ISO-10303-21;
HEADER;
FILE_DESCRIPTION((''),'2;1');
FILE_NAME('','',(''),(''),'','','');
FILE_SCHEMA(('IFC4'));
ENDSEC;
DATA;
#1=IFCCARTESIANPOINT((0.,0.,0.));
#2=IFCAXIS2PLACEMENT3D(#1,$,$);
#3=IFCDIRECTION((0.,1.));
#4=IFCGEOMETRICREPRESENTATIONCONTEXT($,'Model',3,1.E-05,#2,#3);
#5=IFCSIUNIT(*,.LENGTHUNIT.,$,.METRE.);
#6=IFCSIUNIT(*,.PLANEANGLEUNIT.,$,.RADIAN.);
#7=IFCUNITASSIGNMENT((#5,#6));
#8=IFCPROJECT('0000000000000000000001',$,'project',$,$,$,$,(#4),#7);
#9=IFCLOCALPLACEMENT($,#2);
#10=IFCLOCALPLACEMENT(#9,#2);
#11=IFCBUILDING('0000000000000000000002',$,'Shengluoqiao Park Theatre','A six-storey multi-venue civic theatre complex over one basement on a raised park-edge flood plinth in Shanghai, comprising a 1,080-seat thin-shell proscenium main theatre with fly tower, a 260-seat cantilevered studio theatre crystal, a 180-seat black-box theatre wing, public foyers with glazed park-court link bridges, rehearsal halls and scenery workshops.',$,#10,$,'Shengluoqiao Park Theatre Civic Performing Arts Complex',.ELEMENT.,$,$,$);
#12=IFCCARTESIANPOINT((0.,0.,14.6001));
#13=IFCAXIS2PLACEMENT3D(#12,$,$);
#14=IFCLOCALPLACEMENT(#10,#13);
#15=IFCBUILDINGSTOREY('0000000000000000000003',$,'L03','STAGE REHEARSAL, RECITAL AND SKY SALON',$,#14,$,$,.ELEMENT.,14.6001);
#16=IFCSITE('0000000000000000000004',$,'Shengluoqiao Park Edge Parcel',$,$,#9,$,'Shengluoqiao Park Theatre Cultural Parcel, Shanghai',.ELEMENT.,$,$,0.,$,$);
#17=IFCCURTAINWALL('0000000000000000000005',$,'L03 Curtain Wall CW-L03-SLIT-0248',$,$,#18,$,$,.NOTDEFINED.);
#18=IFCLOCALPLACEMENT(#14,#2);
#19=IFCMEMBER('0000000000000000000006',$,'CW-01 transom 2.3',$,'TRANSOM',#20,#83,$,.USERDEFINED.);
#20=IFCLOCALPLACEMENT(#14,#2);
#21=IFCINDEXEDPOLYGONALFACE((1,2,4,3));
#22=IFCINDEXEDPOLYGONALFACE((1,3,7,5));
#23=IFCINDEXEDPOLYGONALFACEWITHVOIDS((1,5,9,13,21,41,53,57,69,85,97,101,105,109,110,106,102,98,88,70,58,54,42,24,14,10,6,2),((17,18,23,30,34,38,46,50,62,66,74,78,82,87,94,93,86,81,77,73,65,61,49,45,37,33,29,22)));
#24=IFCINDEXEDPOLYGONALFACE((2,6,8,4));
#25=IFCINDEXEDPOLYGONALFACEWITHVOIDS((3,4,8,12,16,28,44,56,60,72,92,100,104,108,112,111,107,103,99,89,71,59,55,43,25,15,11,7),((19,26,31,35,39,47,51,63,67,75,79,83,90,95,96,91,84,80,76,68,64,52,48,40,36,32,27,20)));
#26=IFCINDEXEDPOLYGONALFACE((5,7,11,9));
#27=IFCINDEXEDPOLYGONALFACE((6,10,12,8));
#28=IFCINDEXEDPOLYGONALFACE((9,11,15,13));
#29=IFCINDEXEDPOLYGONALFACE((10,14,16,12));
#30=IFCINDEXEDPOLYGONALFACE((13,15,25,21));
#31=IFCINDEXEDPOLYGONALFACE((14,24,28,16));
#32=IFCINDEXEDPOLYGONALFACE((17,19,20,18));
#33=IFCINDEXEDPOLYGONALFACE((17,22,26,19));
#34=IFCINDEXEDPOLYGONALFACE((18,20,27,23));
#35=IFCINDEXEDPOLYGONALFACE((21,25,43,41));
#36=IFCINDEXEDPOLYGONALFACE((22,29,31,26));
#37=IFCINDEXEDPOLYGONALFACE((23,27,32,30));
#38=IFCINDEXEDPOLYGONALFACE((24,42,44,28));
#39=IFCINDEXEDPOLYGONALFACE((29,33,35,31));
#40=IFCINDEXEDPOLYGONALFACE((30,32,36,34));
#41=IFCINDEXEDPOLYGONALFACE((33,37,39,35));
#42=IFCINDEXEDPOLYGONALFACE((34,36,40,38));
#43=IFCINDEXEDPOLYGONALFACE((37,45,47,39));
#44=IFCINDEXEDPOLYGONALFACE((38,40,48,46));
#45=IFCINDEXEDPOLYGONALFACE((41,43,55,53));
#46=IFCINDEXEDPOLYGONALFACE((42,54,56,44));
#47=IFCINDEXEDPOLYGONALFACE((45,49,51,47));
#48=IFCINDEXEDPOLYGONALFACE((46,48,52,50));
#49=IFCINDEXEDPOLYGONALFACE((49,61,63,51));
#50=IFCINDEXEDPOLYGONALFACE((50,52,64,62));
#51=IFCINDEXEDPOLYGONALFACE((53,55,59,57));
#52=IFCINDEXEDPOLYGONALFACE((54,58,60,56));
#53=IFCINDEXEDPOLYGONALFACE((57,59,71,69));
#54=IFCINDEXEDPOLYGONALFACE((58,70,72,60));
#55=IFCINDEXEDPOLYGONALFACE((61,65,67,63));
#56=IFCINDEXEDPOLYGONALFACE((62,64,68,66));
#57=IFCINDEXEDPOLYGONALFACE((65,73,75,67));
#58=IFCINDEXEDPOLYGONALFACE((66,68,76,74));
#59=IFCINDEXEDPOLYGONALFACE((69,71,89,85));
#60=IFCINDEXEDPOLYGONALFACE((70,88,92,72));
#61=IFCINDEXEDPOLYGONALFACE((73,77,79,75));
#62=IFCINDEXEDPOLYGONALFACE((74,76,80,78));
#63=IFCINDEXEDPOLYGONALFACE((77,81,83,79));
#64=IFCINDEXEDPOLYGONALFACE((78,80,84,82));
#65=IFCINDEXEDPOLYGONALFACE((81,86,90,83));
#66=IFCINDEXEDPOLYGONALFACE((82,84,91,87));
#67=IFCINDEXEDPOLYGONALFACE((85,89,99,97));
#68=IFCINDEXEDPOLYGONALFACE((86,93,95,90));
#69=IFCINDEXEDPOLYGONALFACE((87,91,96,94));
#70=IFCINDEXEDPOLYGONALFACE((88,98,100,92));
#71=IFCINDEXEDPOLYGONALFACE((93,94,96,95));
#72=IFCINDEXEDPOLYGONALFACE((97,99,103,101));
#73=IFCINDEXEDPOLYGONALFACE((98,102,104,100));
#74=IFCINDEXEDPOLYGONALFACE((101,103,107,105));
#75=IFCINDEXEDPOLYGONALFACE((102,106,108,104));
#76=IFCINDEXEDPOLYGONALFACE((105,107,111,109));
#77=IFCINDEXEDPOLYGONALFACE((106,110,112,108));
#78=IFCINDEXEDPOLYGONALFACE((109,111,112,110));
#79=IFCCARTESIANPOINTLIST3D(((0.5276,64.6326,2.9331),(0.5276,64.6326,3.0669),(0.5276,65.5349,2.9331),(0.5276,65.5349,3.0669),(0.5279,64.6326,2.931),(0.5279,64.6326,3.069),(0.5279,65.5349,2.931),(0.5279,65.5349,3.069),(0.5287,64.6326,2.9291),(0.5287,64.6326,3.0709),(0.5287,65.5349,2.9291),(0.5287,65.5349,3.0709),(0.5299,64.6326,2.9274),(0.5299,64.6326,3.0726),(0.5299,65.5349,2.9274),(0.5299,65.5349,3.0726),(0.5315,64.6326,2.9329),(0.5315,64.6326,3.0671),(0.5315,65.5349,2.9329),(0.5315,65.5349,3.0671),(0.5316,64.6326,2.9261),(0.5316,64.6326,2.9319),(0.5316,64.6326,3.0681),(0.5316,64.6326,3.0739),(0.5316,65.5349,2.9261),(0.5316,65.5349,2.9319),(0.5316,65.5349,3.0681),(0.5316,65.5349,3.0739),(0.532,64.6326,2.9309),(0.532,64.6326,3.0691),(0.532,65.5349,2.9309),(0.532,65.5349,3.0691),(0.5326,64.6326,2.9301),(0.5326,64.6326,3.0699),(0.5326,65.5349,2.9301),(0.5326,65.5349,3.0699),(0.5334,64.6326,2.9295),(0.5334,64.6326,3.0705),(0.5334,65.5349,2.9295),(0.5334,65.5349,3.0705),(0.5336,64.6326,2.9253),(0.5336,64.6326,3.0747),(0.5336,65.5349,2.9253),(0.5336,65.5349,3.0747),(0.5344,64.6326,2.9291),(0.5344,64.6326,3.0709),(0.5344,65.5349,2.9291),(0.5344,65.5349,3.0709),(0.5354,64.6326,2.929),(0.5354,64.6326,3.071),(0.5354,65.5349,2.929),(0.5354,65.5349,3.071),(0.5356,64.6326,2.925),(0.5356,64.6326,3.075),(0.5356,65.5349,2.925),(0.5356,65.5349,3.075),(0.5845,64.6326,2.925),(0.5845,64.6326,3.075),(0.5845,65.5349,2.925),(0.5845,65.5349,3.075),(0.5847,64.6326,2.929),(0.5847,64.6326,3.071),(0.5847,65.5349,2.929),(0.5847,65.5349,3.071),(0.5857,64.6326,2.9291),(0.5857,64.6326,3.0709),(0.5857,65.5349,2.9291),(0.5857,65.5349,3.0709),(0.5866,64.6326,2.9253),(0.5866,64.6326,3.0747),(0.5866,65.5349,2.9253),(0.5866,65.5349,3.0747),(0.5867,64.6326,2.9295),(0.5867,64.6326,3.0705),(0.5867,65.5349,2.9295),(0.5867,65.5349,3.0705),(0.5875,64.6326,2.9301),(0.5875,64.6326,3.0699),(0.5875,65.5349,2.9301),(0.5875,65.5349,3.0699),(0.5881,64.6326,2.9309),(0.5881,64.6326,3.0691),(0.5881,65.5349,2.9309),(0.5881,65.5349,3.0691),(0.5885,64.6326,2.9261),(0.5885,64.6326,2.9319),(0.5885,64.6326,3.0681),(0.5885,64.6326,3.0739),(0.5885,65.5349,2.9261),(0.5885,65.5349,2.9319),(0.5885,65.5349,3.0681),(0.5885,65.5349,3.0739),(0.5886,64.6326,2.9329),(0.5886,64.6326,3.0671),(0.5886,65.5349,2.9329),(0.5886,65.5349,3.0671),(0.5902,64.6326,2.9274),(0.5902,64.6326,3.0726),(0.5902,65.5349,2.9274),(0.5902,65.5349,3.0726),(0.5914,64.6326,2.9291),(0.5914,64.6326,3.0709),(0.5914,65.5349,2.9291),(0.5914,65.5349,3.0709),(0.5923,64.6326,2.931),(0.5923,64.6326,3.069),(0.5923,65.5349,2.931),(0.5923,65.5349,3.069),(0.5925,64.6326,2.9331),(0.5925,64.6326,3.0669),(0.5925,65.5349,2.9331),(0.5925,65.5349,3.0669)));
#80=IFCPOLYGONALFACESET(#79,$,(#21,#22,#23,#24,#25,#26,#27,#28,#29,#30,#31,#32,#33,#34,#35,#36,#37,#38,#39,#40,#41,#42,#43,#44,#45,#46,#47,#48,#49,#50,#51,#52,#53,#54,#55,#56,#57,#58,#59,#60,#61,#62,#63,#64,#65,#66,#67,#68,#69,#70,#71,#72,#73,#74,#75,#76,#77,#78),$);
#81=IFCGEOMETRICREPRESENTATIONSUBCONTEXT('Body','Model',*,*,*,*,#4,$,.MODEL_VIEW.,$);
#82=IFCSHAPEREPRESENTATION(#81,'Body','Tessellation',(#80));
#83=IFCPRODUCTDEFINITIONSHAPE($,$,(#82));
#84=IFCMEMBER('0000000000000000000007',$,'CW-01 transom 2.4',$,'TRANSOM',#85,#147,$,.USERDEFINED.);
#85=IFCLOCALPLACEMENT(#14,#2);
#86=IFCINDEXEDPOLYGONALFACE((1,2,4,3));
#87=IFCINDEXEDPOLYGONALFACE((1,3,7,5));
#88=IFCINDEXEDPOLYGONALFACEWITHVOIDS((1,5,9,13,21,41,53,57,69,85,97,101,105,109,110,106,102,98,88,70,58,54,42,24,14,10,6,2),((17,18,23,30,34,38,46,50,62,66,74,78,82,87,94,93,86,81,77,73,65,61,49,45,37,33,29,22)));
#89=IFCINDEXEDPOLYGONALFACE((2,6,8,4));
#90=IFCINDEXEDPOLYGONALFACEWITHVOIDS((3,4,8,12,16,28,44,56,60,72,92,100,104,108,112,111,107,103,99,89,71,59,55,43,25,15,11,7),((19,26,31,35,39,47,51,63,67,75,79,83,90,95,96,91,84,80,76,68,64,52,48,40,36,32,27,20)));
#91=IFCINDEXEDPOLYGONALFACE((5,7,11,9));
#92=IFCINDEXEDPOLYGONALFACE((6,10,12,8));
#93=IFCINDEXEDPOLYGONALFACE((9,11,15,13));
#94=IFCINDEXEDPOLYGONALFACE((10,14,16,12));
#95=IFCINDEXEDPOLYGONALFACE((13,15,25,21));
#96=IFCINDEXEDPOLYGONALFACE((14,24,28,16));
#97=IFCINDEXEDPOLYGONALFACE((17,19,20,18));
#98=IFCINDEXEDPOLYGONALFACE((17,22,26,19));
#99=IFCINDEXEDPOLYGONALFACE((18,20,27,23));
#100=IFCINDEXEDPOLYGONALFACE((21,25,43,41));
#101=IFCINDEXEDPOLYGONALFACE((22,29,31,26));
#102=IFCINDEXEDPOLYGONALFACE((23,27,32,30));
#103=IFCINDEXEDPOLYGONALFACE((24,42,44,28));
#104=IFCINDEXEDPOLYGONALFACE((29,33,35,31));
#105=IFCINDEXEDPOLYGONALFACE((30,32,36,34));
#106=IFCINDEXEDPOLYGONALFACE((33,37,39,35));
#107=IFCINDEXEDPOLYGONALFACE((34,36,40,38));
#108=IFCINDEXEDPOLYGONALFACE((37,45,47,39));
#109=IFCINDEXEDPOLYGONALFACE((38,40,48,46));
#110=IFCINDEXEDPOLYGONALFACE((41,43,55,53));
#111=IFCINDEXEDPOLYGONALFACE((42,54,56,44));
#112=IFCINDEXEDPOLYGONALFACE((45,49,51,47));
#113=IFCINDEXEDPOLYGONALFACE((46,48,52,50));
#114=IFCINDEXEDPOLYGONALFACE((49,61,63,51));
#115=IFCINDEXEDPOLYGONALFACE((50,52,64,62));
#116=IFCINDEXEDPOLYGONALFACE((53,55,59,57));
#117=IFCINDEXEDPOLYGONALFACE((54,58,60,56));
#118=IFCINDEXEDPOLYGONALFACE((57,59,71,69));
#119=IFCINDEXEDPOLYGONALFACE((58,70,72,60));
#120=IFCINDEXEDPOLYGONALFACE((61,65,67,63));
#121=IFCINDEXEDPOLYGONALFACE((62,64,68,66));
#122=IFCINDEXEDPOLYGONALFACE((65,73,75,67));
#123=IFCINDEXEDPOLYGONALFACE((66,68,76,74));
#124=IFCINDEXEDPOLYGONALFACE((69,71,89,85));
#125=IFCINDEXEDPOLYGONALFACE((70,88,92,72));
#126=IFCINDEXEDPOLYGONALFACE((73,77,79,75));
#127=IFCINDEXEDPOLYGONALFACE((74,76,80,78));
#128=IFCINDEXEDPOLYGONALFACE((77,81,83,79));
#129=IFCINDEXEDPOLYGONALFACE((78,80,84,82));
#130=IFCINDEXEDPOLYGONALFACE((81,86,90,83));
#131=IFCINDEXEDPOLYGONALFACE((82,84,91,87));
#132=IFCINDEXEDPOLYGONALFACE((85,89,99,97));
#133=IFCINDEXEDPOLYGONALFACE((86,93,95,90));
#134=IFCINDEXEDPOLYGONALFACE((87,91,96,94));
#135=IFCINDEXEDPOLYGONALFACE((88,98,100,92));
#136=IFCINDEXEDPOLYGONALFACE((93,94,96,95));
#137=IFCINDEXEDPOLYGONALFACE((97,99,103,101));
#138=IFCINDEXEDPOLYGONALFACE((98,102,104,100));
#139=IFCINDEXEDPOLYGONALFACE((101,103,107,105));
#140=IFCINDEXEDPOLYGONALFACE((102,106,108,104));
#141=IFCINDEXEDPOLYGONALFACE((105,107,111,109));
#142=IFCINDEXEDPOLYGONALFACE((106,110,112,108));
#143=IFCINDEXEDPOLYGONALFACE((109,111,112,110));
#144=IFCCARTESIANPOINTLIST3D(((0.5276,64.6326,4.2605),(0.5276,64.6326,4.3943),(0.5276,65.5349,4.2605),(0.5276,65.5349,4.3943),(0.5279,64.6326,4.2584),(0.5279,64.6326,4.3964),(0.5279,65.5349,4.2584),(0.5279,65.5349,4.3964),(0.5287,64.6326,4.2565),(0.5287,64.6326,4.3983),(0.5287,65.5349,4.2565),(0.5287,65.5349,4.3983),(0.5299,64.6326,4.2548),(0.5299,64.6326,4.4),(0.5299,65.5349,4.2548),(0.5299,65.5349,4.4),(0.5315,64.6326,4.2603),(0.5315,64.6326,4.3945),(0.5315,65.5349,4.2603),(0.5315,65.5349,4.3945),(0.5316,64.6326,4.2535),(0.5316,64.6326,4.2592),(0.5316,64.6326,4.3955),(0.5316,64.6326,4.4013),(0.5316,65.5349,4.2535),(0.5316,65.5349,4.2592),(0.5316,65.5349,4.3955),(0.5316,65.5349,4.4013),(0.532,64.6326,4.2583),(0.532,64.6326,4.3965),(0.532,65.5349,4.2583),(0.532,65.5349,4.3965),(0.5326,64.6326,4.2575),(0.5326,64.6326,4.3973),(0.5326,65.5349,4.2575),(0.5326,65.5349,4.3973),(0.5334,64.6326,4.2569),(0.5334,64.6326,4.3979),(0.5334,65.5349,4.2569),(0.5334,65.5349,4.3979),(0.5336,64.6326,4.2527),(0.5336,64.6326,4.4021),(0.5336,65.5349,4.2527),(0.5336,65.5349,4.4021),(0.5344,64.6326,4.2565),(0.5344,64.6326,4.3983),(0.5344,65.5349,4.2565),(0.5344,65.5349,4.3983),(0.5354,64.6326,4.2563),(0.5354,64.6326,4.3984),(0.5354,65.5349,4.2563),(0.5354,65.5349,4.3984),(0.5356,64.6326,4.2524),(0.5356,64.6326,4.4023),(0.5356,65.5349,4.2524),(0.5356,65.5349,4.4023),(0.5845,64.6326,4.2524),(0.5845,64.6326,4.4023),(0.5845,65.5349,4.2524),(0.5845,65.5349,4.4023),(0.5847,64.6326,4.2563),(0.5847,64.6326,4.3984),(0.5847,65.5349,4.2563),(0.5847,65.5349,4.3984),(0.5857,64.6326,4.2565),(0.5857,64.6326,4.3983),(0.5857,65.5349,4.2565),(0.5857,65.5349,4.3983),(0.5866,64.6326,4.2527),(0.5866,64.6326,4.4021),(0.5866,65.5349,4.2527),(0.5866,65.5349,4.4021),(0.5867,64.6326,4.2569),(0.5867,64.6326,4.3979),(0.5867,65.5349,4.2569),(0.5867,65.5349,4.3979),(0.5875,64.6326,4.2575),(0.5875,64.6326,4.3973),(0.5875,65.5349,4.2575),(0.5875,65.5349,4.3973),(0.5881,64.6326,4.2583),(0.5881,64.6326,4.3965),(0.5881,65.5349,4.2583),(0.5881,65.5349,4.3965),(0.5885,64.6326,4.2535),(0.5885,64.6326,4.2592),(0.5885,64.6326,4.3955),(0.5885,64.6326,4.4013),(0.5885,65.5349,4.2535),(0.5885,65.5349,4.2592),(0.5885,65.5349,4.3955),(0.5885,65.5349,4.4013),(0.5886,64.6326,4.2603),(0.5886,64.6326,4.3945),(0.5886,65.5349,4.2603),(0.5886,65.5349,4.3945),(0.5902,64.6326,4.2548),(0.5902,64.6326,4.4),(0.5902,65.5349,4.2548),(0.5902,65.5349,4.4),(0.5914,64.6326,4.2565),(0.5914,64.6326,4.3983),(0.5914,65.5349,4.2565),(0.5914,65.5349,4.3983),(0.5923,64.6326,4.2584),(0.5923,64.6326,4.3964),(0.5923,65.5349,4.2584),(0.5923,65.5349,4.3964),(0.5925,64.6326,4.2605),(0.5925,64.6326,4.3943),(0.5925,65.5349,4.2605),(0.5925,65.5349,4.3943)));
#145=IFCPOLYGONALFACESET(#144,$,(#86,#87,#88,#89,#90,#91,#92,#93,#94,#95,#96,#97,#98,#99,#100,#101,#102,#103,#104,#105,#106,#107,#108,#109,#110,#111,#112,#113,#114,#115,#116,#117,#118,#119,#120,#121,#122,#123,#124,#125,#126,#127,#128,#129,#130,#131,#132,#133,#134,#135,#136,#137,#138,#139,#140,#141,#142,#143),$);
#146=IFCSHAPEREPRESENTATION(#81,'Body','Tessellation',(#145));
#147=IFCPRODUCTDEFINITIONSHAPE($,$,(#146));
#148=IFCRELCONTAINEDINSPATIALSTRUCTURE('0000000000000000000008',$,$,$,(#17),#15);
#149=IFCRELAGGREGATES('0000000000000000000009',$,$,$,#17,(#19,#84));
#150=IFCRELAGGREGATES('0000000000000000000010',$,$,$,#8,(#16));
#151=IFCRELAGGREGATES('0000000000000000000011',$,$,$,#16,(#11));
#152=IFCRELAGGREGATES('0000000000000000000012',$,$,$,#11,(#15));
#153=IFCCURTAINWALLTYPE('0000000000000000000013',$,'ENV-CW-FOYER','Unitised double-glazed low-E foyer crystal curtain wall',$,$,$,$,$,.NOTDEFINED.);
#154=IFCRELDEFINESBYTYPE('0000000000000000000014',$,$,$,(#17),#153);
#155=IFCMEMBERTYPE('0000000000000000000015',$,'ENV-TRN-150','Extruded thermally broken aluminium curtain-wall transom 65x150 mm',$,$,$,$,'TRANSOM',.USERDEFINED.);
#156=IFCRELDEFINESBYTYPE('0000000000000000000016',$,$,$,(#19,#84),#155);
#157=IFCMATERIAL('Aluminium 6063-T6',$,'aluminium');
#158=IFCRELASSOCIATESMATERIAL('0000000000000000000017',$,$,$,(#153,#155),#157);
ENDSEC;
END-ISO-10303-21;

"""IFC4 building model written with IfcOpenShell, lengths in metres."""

from ifc_helpers import new_model, si_unit, direction, frame, origin, origin_2d, place, context, subcontext, project, spatial, hollow_rectangle, extrude, material, material_profile, profile_set, type_object, element, aggregate, save


model = new_model("IFC4")

# Units and contexts
model_context = context("Model", 3, precision=1e-05, world=origin(), true_north=direction((0.0, 1.0)))
body_context = subcontext(model_context, "Body", "Model", "MODEL_VIEW")
ifc_project = project(units=[si_unit("LENGTHUNIT", "METRE"), si_unit("PLANEANGLEUNIT", "RADIAN")], contexts=[model_context])

# Site, building, storey
site_placement = place(None, origin())
site = spatial("IfcSite", under=ifc_project, at=site_placement, Name="Shengluoqiao Park Edge Parcel", LongName="Shengluoqiao Park Theatre Cultural Parcel, Shanghai", CompositionType="ELEMENT", RefElevation=0.0)
building_placement = place(site_placement, origin())
building = spatial("IfcBuilding", under=site, at=building_placement, Name="Shengluoqiao Park Theatre", Description="A six-storey multi-venue civic theatre complex over one basement on a raised park-edge flood plinth in Shanghai, comprising a 1,080-seat thin-shell proscenium main theatre with fly tower, a 260-seat cantilevered studio theatre crystal, a 180-seat black-box theatre wing, public foyers with glazed park-court link bridges, rehearsal halls and scenery workshops.", LongName="Shengluoqiao Park Theatre Civic Performing Arts Complex", CompositionType="ELEMENT")
storey_placement = place(building_placement, frame((0.0, 0.0, 14.6001)))
storey = spatial("IfcBuildingStorey", under=building, at=storey_placement, Name="L03", Description="STAGE REHEARSAL, RECITAL AND SKY SALON", CompositionType="ELEMENT", Elevation=14.6001)

# Curtain wall
ifc_material_1 = material(Name="Aluminium 6063-T6", Category="aluminium")
curtain_wall_type = type_object("IfcCurtainWallType", Name="ENV-CW-FOYER", Description="Unitised double-glazed low-E foyer crystal curtain wall", PredefinedType="NOTDEFINED", material=ifc_material_1)
curtain_wall_1_placement = place(storey_placement, origin())
curtain_wall_1 = element("IfcCurtainWall", 1, at=curtain_wall_1_placement, inside=storey, type_object=curtain_wall_type, Name="L03 Curtain Wall CW-L03-SLIT-0248", PredefinedType="NOTDEFINED")

# Members
ifc_material_profile_1 = material_profile(ifc_material_1, hollow_rectangle(XDim=0.0649, YDim=0.1499, WallThickness=0.0039, InnerFilletRadius=0.0039, OuterFilletRadius=0.0081, at=origin_2d()), Name="ALU TRANSOM 150x65x4")
ifc_profile_set_1 = profile_set([ifc_material_profile_1], Name="Aluminium 6063-T6")
member_type_1 = type_object("IfcMemberType", Name="ENV-TRN-150", Description="Extruded thermally broken aluminium curtain-wall transom 65x150 mm", ElementType="TRANSOM", PredefinedType="USERDEFINED", material=ifc_profile_set_1)
member_1_placement = place(storey_placement, frame((0.5601, 64.6326, 3.0), z_axis=(0.0, 1.0, 0.0), x_axis=(-1.0, 0.0, 0.0)))
member_1 = element("IfcMember", 2, at=member_1_placement, type_object=member_type_1, Name="CW-01 transom 2.3", ObjectType="TRANSOM", PredefinedType="USERDEFINED", context=body_context, shape_type="SweptSolid", body=[
    extrude(hollow_rectangle(XDim=0.0649, YDim=0.1499, WallThickness=0.0039, InnerFilletRadius=0.0039, OuterFilletRadius=0.0081, at=origin_2d()), origin(), (0.0, 0.0, 1.0), 0.9023),
])
member_2_placement = place(storey_placement, frame((0.5601, 64.6326, 4.3274), z_axis=(0.0, 1.0, 0.0), x_axis=(-1.0, 0.0, 0.0)))
member_2 = element("IfcMember", 3, at=member_2_placement, type_object=member_type_1, Name="CW-01 transom 2.4", ObjectType="TRANSOM", PredefinedType="USERDEFINED", context=body_context, shape_type="SweptSolid", body=[
    extrude(hollow_rectangle(XDim=0.0649, YDim=0.1499, WallThickness=0.0039, InnerFilletRadius=0.0039, OuterFilletRadius=0.0081, at=origin_2d()), origin(), (0.0, 0.0, 1.0), 0.9023),
])

aggregate(curtain_wall_1, [member_1, member_2])

save(model, "model.ifc")
